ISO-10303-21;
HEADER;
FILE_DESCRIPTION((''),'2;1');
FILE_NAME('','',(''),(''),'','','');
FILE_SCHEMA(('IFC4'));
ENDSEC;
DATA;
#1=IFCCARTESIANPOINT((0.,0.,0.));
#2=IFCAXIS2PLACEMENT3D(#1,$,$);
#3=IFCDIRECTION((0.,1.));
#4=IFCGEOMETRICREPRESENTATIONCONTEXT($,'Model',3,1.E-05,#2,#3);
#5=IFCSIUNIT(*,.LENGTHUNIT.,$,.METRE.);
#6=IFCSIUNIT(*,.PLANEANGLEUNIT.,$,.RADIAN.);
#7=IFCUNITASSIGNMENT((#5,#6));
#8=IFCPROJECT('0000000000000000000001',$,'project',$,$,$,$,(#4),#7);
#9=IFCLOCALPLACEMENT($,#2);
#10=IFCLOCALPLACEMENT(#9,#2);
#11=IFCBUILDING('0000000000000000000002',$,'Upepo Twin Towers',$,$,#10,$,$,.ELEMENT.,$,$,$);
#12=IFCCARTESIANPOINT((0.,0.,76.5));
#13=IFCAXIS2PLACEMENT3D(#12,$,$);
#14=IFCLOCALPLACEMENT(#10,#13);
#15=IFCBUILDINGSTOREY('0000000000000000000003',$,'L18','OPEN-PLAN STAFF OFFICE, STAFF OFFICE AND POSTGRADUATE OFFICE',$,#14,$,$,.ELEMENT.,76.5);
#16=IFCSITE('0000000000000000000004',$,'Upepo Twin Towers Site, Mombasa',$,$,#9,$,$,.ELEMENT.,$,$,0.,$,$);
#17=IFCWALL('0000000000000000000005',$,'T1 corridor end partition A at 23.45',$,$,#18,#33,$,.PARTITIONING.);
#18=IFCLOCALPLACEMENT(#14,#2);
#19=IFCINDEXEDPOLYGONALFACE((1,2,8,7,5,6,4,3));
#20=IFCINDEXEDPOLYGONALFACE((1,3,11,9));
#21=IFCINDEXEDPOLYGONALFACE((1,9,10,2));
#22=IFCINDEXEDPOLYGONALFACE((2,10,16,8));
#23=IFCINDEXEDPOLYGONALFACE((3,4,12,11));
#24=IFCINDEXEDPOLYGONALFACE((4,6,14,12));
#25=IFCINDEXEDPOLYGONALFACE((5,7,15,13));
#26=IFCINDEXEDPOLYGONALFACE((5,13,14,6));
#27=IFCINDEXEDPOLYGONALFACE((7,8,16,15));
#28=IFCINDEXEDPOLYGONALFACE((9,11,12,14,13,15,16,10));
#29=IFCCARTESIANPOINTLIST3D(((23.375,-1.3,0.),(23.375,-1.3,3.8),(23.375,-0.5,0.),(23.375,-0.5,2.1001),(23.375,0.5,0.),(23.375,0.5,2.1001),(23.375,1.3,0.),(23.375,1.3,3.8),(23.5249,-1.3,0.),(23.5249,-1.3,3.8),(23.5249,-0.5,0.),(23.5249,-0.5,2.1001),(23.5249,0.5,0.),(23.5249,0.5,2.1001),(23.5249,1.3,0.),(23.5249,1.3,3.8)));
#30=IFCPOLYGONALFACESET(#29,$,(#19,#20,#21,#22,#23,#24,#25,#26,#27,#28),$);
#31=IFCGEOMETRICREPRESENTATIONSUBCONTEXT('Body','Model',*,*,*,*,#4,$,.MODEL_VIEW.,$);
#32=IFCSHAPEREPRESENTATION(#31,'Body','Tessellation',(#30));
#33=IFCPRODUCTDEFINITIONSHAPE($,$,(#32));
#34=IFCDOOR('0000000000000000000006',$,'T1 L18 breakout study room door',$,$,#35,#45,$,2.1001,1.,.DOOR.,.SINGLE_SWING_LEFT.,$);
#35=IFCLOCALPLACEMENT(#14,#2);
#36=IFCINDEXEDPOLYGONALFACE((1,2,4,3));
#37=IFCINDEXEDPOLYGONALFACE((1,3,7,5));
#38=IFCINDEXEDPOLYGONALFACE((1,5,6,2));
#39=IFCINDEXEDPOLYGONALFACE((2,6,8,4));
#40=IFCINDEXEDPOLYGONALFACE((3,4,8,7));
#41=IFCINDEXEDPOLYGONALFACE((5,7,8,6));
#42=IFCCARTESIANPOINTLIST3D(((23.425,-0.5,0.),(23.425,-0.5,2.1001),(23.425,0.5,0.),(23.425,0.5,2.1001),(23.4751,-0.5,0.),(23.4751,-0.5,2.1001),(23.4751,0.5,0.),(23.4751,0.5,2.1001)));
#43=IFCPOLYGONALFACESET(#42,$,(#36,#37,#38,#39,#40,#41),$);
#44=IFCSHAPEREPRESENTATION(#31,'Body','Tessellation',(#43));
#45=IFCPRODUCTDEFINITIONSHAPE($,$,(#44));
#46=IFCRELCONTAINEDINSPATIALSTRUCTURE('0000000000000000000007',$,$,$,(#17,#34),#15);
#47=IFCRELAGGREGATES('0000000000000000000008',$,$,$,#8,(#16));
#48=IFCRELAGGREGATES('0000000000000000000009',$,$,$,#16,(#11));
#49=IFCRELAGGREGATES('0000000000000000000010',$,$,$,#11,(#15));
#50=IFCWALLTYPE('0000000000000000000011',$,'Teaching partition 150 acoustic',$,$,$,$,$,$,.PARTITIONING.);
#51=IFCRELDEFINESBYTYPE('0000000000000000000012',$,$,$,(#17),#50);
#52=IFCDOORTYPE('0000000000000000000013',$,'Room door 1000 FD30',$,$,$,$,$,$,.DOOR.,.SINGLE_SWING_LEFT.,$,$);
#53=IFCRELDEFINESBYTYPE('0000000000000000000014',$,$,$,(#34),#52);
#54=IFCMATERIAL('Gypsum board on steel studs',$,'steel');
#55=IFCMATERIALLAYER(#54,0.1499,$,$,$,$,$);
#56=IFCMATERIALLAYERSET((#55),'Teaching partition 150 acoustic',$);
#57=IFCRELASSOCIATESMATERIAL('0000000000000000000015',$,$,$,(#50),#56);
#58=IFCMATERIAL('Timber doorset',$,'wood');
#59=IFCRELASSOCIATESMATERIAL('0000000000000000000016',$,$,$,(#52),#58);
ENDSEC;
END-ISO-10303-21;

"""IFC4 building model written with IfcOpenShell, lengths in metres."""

from ifc_helpers import new_model, si_unit, direction, frame, frame_2d, origin, place, context, subcontext, project, spatial, rectangle, extrude, material, layer, layer_set, type_object, element, fill, save


model = new_model("IFC4")

# Units and contexts
model_context = context("Model", 3, precision=1e-05, world=origin(), true_north=direction((0.0, 1.0)))
body_context = subcontext(model_context, "Body", "Model", "MODEL_VIEW")
ifc_project = project(units=[si_unit("LENGTHUNIT", "METRE"), si_unit("PLANEANGLEUNIT", "RADIAN")], contexts=[model_context])

# Site, building, storey
site_placement = place(None, origin())
site = spatial("IfcSite", under=ifc_project, at=site_placement, Name="Upepo Twin Towers Site, Mombasa", CompositionType="ELEMENT", RefElevation=0.0)
building_placement = place(site_placement, origin())
building = spatial("IfcBuilding", under=site, at=building_placement, Name="Upepo Twin Towers", CompositionType="ELEMENT")
storey_placement = place(building_placement, frame((0.0, 0.0, 76.5)))
storey = spatial("IfcBuildingStorey", under=building, at=storey_placement, Name="L18", Description="OPEN-PLAN STAFF OFFICE, STAFF OFFICE AND POSTGRADUATE OFFICE", CompositionType="ELEMENT", Elevation=76.5)

# Wall, opening, door
ifc_material_1 = material(Name="Gypsum board on steel studs", Category="steel")
ifc_layer_1 = layer(ifc_material_1, 0.1499)
ifc_layer_set_1 = layer_set([ifc_layer_1], Name="Teaching partition 150 acoustic")
wall_type_1 = type_object("IfcWallType", Name="Teaching partition 150 acoustic", PredefinedType="PARTITIONING", material=ifc_layer_set_1)
wall_1_placement = place(storey_placement, frame((23.45, -1.3, 0.0), z_axis=(0.0, 0.0, 1.0), x_axis=(0.0, 1.0, 0.0)))
wall_1 = element("IfcWall", 1, at=wall_1_placement, inside=storey, type_object=wall_type_1, Name="T1 corridor end partition A at 23.45", PredefinedType="PARTITIONING", context=body_context, shape_type="SweptSolid", body=[
    extrude(rectangle(XDim=2.6001, YDim=0.1499, at=frame_2d((1.3, 0.0))), origin(), (0.0, 0.0, 1.0), 3.8),
])
opening_1_placement = place(wall_1_placement, frame((0.8, 0.0, 0.0)))
opening_1 = element("IfcOpeningElement", 2, at=opening_1_placement, cuts=wall_1, PredefinedType="OPENING", context=body_context, shape_type="SweptSolid", body=[
    extrude(rectangle(XDim=1.0, YDim=2.1001, at=frame_2d((0.5, 1.05))), frame((0.0, 0.085, 0.0), z_axis=(0.0, -1.0, 0.0), x_axis=(1.0, 0.0, 0.0)), (0.0, 0.0, 1.0), 0.1699),
])
ifc_material_2 = material(Name="Timber doorset", Category="wood")
door_type_1 = type_object("IfcDoorType", Name="Room door 1000 FD30", OperationType="SINGLE_SWING_LEFT", PredefinedType="DOOR", material=ifc_material_2)
door_1_placement = place(opening_1_placement, origin())
door_1 = element("IfcDoor", 3, at=door_1_placement, inside=storey, type_object=door_type_1, Name="T1 L18 breakout study room door", OperationType="SINGLE_SWING_LEFT", OverallHeight=2.1001, OverallWidth=1.0, PredefinedType="DOOR", context=body_context, shape_type="SweptSolid", body=[
    extrude(rectangle(XDim=1.0, YDim=2.1001, at=frame_2d((0.5, 1.05))), frame((0.0, 0.0249, 0.0), z_axis=(0.0, -1.0, 0.0), x_axis=(1.0, 0.0, 0.0)), (0.0, 0.0, 1.0), 0.05),
])
fill(opening_1, door_1)

save(model, "model.ifc")
